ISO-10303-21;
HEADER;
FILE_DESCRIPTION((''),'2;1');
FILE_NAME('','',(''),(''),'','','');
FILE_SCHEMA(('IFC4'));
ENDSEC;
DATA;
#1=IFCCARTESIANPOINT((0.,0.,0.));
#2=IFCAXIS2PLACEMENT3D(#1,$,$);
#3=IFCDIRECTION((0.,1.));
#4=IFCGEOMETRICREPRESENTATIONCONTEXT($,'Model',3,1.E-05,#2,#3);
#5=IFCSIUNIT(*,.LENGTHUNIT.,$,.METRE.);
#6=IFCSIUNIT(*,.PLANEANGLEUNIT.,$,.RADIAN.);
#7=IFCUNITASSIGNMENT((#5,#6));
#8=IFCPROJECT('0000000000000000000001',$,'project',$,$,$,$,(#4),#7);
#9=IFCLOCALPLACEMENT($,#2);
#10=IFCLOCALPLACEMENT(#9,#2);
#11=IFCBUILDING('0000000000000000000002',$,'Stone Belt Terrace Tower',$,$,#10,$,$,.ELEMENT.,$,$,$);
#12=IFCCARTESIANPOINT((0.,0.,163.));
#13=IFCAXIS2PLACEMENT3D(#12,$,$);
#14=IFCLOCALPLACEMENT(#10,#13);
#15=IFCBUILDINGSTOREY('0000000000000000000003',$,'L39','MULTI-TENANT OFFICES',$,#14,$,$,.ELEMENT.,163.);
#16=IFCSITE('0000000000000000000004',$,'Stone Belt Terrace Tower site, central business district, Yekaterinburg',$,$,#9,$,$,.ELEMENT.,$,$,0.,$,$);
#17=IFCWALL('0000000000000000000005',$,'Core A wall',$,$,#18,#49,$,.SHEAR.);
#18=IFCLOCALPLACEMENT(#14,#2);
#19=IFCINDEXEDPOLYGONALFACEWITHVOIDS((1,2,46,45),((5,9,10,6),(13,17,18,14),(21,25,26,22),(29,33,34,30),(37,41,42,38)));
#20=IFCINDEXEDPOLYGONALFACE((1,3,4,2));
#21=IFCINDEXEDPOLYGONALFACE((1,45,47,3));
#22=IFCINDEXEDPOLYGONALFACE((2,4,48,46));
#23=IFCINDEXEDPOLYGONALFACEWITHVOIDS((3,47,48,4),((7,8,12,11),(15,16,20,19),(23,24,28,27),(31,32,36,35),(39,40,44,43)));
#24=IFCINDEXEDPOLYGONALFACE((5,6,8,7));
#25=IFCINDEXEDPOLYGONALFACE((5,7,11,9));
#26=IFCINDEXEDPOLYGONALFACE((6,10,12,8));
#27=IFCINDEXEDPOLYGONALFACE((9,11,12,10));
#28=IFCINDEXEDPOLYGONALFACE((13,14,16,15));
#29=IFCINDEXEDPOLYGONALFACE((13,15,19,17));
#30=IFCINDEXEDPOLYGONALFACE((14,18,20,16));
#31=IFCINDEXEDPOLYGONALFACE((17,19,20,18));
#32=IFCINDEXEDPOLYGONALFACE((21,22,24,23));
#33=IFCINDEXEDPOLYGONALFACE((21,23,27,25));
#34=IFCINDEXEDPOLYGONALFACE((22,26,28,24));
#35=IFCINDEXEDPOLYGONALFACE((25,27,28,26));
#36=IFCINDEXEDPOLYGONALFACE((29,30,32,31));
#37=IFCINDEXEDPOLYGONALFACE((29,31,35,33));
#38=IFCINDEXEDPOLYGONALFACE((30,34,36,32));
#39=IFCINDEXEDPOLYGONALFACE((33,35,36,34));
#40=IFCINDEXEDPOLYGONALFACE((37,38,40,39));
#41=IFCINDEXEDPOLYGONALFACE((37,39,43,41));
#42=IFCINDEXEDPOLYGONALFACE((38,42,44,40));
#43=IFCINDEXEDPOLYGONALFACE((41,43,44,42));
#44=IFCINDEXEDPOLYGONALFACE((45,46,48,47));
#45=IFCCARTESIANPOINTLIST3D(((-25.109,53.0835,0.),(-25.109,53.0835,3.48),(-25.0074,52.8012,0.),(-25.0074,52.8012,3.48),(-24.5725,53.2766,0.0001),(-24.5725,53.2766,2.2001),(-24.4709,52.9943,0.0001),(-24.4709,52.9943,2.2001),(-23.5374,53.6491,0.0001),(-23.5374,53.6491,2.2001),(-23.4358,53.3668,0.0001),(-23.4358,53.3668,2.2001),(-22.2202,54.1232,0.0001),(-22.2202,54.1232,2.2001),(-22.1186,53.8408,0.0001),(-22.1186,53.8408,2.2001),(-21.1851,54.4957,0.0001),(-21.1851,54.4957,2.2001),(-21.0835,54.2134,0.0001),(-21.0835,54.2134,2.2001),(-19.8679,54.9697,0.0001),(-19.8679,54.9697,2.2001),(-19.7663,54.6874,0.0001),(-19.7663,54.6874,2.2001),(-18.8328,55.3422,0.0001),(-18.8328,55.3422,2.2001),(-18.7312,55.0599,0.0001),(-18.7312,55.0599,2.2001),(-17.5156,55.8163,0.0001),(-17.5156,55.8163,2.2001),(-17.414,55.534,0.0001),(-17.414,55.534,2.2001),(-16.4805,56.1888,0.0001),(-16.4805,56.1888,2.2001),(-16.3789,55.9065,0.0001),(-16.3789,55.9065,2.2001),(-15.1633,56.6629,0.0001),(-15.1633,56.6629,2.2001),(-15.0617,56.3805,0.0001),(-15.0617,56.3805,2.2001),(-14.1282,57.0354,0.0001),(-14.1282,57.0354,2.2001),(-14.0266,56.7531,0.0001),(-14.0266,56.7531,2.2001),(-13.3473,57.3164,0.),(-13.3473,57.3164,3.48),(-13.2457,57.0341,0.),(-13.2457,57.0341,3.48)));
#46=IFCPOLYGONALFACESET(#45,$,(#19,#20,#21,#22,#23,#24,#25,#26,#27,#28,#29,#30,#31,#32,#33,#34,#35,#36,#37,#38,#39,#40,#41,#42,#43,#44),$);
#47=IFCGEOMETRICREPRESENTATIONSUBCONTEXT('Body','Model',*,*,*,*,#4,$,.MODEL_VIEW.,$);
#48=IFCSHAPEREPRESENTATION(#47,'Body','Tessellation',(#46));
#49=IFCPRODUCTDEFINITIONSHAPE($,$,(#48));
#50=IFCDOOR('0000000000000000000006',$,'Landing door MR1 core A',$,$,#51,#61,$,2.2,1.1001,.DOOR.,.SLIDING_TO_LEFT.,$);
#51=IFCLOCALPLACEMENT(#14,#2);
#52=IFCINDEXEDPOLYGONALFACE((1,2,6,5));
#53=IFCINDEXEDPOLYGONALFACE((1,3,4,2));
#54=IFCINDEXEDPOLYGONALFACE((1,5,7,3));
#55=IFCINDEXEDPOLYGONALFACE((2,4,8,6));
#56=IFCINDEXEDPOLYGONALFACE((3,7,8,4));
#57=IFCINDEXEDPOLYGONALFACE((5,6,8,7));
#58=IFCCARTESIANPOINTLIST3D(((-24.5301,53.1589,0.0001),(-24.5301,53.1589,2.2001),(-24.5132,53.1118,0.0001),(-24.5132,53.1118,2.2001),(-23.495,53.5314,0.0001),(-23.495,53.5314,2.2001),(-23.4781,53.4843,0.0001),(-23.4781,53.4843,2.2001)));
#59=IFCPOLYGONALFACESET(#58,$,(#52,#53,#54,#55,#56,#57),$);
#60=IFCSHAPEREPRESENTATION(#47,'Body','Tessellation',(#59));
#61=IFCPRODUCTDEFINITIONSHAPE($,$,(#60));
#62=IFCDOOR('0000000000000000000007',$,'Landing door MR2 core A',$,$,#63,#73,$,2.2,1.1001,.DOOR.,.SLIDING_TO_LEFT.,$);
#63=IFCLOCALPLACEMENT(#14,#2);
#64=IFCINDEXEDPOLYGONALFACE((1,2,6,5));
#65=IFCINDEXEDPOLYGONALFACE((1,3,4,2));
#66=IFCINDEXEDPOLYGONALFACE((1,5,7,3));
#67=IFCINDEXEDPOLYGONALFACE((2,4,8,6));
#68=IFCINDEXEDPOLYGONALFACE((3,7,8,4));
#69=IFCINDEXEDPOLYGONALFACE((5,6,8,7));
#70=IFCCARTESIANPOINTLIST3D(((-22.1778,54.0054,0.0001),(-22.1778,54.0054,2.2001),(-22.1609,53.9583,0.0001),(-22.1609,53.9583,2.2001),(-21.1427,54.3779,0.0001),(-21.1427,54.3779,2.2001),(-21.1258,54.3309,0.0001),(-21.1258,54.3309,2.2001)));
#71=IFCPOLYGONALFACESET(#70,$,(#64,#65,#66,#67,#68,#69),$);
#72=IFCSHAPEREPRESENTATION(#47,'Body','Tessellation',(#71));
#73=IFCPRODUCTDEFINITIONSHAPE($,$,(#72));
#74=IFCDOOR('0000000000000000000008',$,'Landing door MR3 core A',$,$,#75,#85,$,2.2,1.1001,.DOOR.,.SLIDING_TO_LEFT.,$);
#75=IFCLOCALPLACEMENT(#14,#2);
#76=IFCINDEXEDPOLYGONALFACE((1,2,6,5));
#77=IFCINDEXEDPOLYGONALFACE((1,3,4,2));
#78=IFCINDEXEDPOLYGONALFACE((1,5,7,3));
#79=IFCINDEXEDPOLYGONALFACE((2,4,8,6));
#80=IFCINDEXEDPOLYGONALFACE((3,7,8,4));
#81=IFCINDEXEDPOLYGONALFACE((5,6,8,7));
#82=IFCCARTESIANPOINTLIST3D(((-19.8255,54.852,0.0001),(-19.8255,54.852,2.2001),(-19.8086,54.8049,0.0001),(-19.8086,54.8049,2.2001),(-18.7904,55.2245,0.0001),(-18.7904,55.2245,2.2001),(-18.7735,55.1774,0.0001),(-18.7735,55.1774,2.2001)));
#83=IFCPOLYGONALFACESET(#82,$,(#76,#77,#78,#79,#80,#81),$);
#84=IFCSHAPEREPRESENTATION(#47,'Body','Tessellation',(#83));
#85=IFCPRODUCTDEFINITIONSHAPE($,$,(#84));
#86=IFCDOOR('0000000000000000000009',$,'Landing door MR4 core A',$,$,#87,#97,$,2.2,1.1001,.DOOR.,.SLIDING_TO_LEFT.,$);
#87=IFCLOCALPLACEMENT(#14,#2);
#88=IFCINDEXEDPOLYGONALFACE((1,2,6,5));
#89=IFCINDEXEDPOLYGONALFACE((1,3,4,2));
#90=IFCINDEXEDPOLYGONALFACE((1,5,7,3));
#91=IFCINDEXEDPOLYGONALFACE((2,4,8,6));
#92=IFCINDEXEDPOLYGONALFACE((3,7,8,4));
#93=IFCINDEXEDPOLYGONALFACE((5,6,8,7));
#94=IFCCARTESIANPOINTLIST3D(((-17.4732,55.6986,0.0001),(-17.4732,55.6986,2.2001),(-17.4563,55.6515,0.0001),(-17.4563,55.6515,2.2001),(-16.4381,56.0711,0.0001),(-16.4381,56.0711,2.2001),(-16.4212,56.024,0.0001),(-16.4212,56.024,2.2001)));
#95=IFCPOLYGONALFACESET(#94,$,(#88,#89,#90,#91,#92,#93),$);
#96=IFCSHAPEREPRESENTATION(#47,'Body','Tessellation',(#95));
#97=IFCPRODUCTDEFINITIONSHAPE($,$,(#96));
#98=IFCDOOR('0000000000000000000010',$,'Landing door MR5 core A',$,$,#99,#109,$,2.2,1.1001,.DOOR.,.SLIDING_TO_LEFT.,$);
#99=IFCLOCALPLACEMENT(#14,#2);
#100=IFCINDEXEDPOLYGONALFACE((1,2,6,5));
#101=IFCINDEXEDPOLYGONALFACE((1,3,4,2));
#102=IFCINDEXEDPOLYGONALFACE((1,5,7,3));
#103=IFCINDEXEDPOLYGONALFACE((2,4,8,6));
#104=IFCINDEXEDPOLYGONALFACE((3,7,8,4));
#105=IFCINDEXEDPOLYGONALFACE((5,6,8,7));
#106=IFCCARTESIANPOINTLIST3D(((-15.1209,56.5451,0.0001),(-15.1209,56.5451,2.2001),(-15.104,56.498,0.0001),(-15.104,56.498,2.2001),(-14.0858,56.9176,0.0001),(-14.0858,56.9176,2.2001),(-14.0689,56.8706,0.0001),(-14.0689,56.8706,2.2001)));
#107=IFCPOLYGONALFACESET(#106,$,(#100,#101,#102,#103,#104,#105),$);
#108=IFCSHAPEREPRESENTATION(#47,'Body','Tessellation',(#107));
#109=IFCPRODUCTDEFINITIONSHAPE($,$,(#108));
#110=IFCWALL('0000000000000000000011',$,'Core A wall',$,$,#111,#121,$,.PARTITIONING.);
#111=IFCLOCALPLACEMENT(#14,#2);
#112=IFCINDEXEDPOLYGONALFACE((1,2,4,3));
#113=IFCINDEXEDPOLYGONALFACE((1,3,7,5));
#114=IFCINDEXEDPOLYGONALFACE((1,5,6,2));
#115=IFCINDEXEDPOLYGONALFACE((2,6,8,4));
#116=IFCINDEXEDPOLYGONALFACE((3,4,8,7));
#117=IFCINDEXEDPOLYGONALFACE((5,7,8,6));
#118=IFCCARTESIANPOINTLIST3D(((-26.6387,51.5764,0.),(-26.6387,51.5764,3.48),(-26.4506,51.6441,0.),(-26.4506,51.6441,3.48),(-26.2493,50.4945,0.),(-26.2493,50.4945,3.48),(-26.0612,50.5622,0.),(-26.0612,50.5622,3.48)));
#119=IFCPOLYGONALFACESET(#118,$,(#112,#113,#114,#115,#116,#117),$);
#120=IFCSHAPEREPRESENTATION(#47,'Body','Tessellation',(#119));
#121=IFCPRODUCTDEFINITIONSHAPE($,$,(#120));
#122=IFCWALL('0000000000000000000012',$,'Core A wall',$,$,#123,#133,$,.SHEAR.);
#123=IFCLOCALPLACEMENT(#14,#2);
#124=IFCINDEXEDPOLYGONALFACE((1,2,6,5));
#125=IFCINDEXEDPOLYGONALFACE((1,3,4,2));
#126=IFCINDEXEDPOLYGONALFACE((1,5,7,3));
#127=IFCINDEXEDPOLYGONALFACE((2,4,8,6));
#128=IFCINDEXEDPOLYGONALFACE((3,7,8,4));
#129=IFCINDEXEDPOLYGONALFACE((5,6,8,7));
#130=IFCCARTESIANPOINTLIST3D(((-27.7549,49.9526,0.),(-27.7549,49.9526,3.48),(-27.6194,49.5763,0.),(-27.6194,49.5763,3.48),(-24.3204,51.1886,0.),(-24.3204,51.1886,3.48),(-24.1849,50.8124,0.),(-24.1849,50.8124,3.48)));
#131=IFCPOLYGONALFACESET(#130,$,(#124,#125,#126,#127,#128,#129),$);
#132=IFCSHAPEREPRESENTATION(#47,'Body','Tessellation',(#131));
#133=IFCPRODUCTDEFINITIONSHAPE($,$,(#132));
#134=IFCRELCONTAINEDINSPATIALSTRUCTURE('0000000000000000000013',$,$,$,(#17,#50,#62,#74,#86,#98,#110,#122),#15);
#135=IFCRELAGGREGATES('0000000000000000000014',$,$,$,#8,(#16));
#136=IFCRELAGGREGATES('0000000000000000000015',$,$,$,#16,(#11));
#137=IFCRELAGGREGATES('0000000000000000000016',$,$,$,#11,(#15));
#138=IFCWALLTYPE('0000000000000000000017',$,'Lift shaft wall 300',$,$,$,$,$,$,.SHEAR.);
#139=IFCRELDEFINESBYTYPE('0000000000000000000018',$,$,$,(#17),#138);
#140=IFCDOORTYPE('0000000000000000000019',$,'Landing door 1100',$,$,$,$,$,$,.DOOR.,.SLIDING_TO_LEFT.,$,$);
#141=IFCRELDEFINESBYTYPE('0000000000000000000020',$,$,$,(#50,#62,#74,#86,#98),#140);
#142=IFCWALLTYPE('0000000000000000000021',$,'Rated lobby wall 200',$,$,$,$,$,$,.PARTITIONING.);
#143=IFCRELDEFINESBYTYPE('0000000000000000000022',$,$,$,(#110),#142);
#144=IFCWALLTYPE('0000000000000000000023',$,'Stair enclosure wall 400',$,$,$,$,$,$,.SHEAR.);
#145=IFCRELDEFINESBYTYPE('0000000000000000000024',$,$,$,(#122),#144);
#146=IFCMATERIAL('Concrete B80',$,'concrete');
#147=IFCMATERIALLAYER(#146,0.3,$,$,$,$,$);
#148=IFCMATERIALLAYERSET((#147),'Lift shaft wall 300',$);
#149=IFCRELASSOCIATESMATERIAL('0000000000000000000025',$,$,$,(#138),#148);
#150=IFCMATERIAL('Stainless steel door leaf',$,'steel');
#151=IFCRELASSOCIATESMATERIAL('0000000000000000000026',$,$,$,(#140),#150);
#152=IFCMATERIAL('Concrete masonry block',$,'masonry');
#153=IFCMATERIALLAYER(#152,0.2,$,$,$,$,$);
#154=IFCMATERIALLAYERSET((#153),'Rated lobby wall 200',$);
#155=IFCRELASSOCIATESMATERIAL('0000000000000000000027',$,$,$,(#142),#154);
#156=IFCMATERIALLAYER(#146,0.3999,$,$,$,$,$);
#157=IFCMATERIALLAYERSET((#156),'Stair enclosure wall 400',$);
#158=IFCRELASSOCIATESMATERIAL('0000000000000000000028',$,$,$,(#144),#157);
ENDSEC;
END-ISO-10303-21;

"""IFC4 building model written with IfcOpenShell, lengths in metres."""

from ifc_helpers import new_model, si_unit, direction, frame, frame_2d, origin, place, context, subcontext, project, spatial, rectangle, extrude, material, layer, layer_set, type_object, element, fill, save


model = new_model("IFC4")

# Units and contexts
model_context = context("Model", 3, precision=1e-05, world=origin(), true_north=direction((0.0, 1.0)))
body_context = subcontext(model_context, "Body", "Model", "MODEL_VIEW")
ifc_project = project(units=[si_unit("LENGTHUNIT", "METRE"), si_unit("PLANEANGLEUNIT", "RADIAN")], contexts=[model_context])

# Site, building, storey
site_placement = place(None, origin())
site = spatial("IfcSite", under=ifc_project, at=site_placement, Name="Stone Belt Terrace Tower site, central business district, Yekaterinburg", CompositionType="ELEMENT", RefElevation=0.0)
building_placement = place(site_placement, origin())
building = spatial("IfcBuilding", under=site, at=building_placement, Name="Stone Belt Terrace Tower", CompositionType="ELEMENT")
storey_placement = place(building_placement, frame((0.0, 0.0, 163.0)))
storey = spatial("IfcBuildingStorey", under=building, at=storey_placement, Name="L39", Description="MULTI-TENANT OFFICES", CompositionType="ELEMENT", Elevation=163.0)

# Shared definitions
ifc_material_1 = material(Name="Concrete B80", Category="concrete")
ifc_layer_1 = layer(ifc_material_1, 0.3)
ifc_layer_set_1 = layer_set([ifc_layer_1], Name="Lift shaft wall 300")
wall_type_1 = type_object("IfcWallType", Name="Lift shaft wall 300", PredefinedType="SHEAR", material=ifc_layer_set_1)

# Wall, openings, doors
wall_1_placement = place(storey_placement, frame((-25.0581, 52.9424, 0.0), z_axis=(0.0, 0.0, 1.0), x_axis=(0.940921, 0.338627, 0.0)))
wall_1 = element("IfcWall", 1, at=wall_1_placement, inside=storey, type_object=wall_type_1, Name="Core A wall", PredefinedType="SHEAR", context=body_context, shape_type="SweptSolid", body=[
    extrude(rectangle(XDim=12.5002, YDim=0.3, at=frame_2d((6.25, 0.0))), origin(), (0.0, 0.0, 1.0), 3.48),
])
opening_1_placement = place(wall_1_placement, frame((0.5701, 0.0, 0.0)))
opening_1 = element("IfcOpeningElement", 2, at=opening_1_placement, cuts=wall_1, PredefinedType="OPENING", context=body_context, shape_type="SweptSolid", body=[
    extrude(rectangle(XDim=1.1001, YDim=2.2, at=frame_2d((0.55, 1.1001))), frame((0.0, 0.1599, 0.0), z_axis=(0.0, -1.0, 0.0), x_axis=(1.0, 0.0, 0.0)), (0.0, 0.0, 1.0), 0.3201),
])
opening_2_placement = place(wall_1_placement, frame((3.0701, 0.0, 0.0)))
opening_2 = element("IfcOpeningElement", 3, at=opening_2_placement, cuts=wall_1, PredefinedType="OPENING", context=body_context, shape_type="SweptSolid", body=[
    extrude(rectangle(XDim=1.1001, YDim=2.2, at=frame_2d((0.55, 1.1001))), frame((0.0, 0.1599, 0.0), z_axis=(0.0, -1.0, 0.0), x_axis=(1.0, 0.0, 0.0)), (0.0, 0.0, 1.0), 0.3201),
])
opening_3_placement = place(wall_1_placement, frame((5.5701, 0.0, 0.0)))
opening_3 = element("IfcOpeningElement", 4, at=opening_3_placement, cuts=wall_1, PredefinedType="OPENING", context=body_context, shape_type="SweptSolid", body=[
    extrude(rectangle(XDim=1.1001, YDim=2.2, at=frame_2d((0.55, 1.1001))), frame((0.0, 0.1599, 0.0), z_axis=(0.0, -1.0, 0.0), x_axis=(1.0, 0.0, 0.0)), (0.0, 0.0, 1.0), 0.3201),
])
opening_4_placement = place(wall_1_placement, frame((8.0701, 0.0, 0.0)))
opening_4 = element("IfcOpeningElement", 5, at=opening_4_placement, cuts=wall_1, PredefinedType="OPENING", context=body_context, shape_type="SweptSolid", body=[
    extrude(rectangle(XDim=1.1001, YDim=2.2, at=frame_2d((0.55, 1.1001))), frame((0.0, 0.1599, 0.0), z_axis=(0.0, -1.0, 0.0), x_axis=(1.0, 0.0, 0.0)), (0.0, 0.0, 1.0), 0.3201),
])
opening_5_placement = place(wall_1_placement, frame((10.5701, 0.0, 0.0)))
opening_5 = element("IfcOpeningElement", 6, at=opening_5_placement, cuts=wall_1, PredefinedType="OPENING", context=body_context, shape_type="SweptSolid", body=[
    extrude(rectangle(XDim=1.1001, YDim=2.2, at=frame_2d((0.55, 1.1001))), frame((0.0, 0.1599, 0.0), z_axis=(0.0, -1.0, 0.0), x_axis=(1.0, 0.0, 0.0)), (0.0, 0.0, 1.0), 0.3201),
])
ifc_material_2 = material(Name="Stainless steel door leaf", Category="steel")
door_type_1 = type_object("IfcDoorType", Name="Landing door 1100", OperationType="SLIDING_TO_LEFT", PredefinedType="DOOR", material=ifc_material_2)
door_1_placement = place(opening_1_placement, origin())
door_1 = element("IfcDoor", 7, at=door_1_placement, inside=storey, type_object=door_type_1, Name="Landing door MR1 core A", OperationType="SLIDING_TO_LEFT", OverallHeight=2.2, OverallWidth=1.1001, PredefinedType="DOOR", context=body_context, shape_type="SweptSolid", body=[
    extrude(rectangle(XDim=1.1001, YDim=2.2, at=frame_2d((0.55, 1.1001))), frame((0.0, 0.0249, 0.0), z_axis=(0.0, -1.0, 0.0), x_axis=(1.0, 0.0, 0.0)), (0.0, 0.0, 1.0), 0.05),
])
fill(opening_1, door_1)
door_2_placement = place(opening_2_placement, origin())
door_2 = element("IfcDoor", 8, at=door_2_placement, inside=storey, type_object=door_type_1, Name="Landing door MR2 core A", OperationType="SLIDING_TO_LEFT", OverallHeight=2.2, OverallWidth=1.1001, PredefinedType="DOOR", context=body_context, shape_type="SweptSolid", body=[
    extrude(rectangle(XDim=1.1001, YDim=2.2, at=frame_2d((0.55, 1.1001))), frame((0.0, 0.0249, 0.0), z_axis=(0.0, -1.0, 0.0), x_axis=(1.0, 0.0, 0.0)), (0.0, 0.0, 1.0), 0.05),
])
fill(opening_2, door_2)
door_3_placement = place(opening_3_placement, origin())
door_3 = element("IfcDoor", 9, at=door_3_placement, inside=storey, type_object=door_type_1, Name="Landing door MR3 core A", OperationType="SLIDING_TO_LEFT", OverallHeight=2.2, OverallWidth=1.1001, PredefinedType="DOOR", context=body_context, shape_type="SweptSolid", body=[
    extrude(rectangle(XDim=1.1001, YDim=2.2, at=frame_2d((0.55, 1.1001))), frame((0.0, 0.0249, 0.0), z_axis=(0.0, -1.0, 0.0), x_axis=(1.0, 0.0, 0.0)), (0.0, 0.0, 1.0), 0.05),
])
fill(opening_3, door_3)
door_4_placement = place(opening_4_placement, origin())
door_4 = element("IfcDoor", 10, at=door_4_placement, inside=storey, type_object=door_type_1, Name="Landing door MR4 core A", OperationType="SLIDING_TO_LEFT", OverallHeight=2.2, OverallWidth=1.1001, PredefinedType="DOOR", context=body_context, shape_type="SweptSolid", body=[
    extrude(rectangle(XDim=1.1001, YDim=2.2, at=frame_2d((0.55, 1.1001))), frame((0.0, 0.0249, 0.0), z_axis=(0.0, -1.0, 0.0), x_axis=(1.0, 0.0, 0.0)), (0.0, 0.0, 1.0), 0.05),
])
fill(opening_4, door_4)
door_5_placement = place(opening_5_placement, origin())
door_5 = element("IfcDoor", 11, at=door_5_placement, inside=storey, type_object=door_type_1, Name="Landing door MR5 core A", OperationType="SLIDING_TO_LEFT", OverallHeight=2.2, OverallWidth=1.1001, PredefinedType="DOOR", context=body_context, shape_type="SweptSolid", body=[
    extrude(rectangle(XDim=1.1001, YDim=2.2, at=frame_2d((0.55, 1.1001))), frame((0.0, 0.0249, 0.0), z_axis=(0.0, -1.0, 0.0), x_axis=(1.0, 0.0, 0.0)), (0.0, 0.0, 1.0), 0.05),
])
fill(opening_5, door_5)

# Walls
ifc_material_3 = material(Name="Concrete masonry block", Category="masonry")
ifc_layer_2 = layer(ifc_material_3, 0.2)
ifc_layer_set_2 = layer_set([ifc_layer_2], Name="Rated lobby wall 200")
wall_type_2 = type_object("IfcWallType", Name="Rated lobby wall 200", PredefinedType="PARTITIONING", material=ifc_layer_set_2)
wall_2_placement = place(storey_placement, frame((-26.1553, 50.5283, 0.0), z_axis=(0.0, 0.0, 1.0), x_axis=(-0.338622, 0.940923, 0.0)))
element("IfcWall", 12, at=wall_2_placement, inside=storey, type_object=wall_type_2, Name="Core A wall", PredefinedType="PARTITIONING", context=body_context, shape_type="SweptSolid", body=[
    extrude(rectangle(XDim=1.1499, YDim=0.2, at=frame_2d((0.575, 0.0))), origin(), (0.0, 0.0, 1.0), 3.48),
])
ifc_layer_3 = layer(ifc_material_1, 0.3999)
ifc_layer_set_3 = layer_set([ifc_layer_3], Name="Stair enclosure wall 400")
wall_type_3 = type_object("IfcWallType", Name="Stair enclosure wall 400", PredefinedType="SHEAR", material=ifc_layer_set_3)
wall_3_placement = place(storey_placement, frame((-27.6873, 49.7644, 0.0), z_axis=(0.0, 0.0, 1.0), x_axis=(0.940919, 0.338632, 0.0)))
element("IfcWall", 13, at=wall_3_placement, inside=storey, type_object=wall_type_3, Name="Core A wall", PredefinedType="SHEAR", context=body_context, shape_type="SweptSolid", body=[
    extrude(rectangle(XDim=3.6501, YDim=0.3999, at=frame_2d((1.8252, 0.0))), origin(), (0.0, 0.0, 1.0), 3.48),
])

save(model, "model.ifc")
